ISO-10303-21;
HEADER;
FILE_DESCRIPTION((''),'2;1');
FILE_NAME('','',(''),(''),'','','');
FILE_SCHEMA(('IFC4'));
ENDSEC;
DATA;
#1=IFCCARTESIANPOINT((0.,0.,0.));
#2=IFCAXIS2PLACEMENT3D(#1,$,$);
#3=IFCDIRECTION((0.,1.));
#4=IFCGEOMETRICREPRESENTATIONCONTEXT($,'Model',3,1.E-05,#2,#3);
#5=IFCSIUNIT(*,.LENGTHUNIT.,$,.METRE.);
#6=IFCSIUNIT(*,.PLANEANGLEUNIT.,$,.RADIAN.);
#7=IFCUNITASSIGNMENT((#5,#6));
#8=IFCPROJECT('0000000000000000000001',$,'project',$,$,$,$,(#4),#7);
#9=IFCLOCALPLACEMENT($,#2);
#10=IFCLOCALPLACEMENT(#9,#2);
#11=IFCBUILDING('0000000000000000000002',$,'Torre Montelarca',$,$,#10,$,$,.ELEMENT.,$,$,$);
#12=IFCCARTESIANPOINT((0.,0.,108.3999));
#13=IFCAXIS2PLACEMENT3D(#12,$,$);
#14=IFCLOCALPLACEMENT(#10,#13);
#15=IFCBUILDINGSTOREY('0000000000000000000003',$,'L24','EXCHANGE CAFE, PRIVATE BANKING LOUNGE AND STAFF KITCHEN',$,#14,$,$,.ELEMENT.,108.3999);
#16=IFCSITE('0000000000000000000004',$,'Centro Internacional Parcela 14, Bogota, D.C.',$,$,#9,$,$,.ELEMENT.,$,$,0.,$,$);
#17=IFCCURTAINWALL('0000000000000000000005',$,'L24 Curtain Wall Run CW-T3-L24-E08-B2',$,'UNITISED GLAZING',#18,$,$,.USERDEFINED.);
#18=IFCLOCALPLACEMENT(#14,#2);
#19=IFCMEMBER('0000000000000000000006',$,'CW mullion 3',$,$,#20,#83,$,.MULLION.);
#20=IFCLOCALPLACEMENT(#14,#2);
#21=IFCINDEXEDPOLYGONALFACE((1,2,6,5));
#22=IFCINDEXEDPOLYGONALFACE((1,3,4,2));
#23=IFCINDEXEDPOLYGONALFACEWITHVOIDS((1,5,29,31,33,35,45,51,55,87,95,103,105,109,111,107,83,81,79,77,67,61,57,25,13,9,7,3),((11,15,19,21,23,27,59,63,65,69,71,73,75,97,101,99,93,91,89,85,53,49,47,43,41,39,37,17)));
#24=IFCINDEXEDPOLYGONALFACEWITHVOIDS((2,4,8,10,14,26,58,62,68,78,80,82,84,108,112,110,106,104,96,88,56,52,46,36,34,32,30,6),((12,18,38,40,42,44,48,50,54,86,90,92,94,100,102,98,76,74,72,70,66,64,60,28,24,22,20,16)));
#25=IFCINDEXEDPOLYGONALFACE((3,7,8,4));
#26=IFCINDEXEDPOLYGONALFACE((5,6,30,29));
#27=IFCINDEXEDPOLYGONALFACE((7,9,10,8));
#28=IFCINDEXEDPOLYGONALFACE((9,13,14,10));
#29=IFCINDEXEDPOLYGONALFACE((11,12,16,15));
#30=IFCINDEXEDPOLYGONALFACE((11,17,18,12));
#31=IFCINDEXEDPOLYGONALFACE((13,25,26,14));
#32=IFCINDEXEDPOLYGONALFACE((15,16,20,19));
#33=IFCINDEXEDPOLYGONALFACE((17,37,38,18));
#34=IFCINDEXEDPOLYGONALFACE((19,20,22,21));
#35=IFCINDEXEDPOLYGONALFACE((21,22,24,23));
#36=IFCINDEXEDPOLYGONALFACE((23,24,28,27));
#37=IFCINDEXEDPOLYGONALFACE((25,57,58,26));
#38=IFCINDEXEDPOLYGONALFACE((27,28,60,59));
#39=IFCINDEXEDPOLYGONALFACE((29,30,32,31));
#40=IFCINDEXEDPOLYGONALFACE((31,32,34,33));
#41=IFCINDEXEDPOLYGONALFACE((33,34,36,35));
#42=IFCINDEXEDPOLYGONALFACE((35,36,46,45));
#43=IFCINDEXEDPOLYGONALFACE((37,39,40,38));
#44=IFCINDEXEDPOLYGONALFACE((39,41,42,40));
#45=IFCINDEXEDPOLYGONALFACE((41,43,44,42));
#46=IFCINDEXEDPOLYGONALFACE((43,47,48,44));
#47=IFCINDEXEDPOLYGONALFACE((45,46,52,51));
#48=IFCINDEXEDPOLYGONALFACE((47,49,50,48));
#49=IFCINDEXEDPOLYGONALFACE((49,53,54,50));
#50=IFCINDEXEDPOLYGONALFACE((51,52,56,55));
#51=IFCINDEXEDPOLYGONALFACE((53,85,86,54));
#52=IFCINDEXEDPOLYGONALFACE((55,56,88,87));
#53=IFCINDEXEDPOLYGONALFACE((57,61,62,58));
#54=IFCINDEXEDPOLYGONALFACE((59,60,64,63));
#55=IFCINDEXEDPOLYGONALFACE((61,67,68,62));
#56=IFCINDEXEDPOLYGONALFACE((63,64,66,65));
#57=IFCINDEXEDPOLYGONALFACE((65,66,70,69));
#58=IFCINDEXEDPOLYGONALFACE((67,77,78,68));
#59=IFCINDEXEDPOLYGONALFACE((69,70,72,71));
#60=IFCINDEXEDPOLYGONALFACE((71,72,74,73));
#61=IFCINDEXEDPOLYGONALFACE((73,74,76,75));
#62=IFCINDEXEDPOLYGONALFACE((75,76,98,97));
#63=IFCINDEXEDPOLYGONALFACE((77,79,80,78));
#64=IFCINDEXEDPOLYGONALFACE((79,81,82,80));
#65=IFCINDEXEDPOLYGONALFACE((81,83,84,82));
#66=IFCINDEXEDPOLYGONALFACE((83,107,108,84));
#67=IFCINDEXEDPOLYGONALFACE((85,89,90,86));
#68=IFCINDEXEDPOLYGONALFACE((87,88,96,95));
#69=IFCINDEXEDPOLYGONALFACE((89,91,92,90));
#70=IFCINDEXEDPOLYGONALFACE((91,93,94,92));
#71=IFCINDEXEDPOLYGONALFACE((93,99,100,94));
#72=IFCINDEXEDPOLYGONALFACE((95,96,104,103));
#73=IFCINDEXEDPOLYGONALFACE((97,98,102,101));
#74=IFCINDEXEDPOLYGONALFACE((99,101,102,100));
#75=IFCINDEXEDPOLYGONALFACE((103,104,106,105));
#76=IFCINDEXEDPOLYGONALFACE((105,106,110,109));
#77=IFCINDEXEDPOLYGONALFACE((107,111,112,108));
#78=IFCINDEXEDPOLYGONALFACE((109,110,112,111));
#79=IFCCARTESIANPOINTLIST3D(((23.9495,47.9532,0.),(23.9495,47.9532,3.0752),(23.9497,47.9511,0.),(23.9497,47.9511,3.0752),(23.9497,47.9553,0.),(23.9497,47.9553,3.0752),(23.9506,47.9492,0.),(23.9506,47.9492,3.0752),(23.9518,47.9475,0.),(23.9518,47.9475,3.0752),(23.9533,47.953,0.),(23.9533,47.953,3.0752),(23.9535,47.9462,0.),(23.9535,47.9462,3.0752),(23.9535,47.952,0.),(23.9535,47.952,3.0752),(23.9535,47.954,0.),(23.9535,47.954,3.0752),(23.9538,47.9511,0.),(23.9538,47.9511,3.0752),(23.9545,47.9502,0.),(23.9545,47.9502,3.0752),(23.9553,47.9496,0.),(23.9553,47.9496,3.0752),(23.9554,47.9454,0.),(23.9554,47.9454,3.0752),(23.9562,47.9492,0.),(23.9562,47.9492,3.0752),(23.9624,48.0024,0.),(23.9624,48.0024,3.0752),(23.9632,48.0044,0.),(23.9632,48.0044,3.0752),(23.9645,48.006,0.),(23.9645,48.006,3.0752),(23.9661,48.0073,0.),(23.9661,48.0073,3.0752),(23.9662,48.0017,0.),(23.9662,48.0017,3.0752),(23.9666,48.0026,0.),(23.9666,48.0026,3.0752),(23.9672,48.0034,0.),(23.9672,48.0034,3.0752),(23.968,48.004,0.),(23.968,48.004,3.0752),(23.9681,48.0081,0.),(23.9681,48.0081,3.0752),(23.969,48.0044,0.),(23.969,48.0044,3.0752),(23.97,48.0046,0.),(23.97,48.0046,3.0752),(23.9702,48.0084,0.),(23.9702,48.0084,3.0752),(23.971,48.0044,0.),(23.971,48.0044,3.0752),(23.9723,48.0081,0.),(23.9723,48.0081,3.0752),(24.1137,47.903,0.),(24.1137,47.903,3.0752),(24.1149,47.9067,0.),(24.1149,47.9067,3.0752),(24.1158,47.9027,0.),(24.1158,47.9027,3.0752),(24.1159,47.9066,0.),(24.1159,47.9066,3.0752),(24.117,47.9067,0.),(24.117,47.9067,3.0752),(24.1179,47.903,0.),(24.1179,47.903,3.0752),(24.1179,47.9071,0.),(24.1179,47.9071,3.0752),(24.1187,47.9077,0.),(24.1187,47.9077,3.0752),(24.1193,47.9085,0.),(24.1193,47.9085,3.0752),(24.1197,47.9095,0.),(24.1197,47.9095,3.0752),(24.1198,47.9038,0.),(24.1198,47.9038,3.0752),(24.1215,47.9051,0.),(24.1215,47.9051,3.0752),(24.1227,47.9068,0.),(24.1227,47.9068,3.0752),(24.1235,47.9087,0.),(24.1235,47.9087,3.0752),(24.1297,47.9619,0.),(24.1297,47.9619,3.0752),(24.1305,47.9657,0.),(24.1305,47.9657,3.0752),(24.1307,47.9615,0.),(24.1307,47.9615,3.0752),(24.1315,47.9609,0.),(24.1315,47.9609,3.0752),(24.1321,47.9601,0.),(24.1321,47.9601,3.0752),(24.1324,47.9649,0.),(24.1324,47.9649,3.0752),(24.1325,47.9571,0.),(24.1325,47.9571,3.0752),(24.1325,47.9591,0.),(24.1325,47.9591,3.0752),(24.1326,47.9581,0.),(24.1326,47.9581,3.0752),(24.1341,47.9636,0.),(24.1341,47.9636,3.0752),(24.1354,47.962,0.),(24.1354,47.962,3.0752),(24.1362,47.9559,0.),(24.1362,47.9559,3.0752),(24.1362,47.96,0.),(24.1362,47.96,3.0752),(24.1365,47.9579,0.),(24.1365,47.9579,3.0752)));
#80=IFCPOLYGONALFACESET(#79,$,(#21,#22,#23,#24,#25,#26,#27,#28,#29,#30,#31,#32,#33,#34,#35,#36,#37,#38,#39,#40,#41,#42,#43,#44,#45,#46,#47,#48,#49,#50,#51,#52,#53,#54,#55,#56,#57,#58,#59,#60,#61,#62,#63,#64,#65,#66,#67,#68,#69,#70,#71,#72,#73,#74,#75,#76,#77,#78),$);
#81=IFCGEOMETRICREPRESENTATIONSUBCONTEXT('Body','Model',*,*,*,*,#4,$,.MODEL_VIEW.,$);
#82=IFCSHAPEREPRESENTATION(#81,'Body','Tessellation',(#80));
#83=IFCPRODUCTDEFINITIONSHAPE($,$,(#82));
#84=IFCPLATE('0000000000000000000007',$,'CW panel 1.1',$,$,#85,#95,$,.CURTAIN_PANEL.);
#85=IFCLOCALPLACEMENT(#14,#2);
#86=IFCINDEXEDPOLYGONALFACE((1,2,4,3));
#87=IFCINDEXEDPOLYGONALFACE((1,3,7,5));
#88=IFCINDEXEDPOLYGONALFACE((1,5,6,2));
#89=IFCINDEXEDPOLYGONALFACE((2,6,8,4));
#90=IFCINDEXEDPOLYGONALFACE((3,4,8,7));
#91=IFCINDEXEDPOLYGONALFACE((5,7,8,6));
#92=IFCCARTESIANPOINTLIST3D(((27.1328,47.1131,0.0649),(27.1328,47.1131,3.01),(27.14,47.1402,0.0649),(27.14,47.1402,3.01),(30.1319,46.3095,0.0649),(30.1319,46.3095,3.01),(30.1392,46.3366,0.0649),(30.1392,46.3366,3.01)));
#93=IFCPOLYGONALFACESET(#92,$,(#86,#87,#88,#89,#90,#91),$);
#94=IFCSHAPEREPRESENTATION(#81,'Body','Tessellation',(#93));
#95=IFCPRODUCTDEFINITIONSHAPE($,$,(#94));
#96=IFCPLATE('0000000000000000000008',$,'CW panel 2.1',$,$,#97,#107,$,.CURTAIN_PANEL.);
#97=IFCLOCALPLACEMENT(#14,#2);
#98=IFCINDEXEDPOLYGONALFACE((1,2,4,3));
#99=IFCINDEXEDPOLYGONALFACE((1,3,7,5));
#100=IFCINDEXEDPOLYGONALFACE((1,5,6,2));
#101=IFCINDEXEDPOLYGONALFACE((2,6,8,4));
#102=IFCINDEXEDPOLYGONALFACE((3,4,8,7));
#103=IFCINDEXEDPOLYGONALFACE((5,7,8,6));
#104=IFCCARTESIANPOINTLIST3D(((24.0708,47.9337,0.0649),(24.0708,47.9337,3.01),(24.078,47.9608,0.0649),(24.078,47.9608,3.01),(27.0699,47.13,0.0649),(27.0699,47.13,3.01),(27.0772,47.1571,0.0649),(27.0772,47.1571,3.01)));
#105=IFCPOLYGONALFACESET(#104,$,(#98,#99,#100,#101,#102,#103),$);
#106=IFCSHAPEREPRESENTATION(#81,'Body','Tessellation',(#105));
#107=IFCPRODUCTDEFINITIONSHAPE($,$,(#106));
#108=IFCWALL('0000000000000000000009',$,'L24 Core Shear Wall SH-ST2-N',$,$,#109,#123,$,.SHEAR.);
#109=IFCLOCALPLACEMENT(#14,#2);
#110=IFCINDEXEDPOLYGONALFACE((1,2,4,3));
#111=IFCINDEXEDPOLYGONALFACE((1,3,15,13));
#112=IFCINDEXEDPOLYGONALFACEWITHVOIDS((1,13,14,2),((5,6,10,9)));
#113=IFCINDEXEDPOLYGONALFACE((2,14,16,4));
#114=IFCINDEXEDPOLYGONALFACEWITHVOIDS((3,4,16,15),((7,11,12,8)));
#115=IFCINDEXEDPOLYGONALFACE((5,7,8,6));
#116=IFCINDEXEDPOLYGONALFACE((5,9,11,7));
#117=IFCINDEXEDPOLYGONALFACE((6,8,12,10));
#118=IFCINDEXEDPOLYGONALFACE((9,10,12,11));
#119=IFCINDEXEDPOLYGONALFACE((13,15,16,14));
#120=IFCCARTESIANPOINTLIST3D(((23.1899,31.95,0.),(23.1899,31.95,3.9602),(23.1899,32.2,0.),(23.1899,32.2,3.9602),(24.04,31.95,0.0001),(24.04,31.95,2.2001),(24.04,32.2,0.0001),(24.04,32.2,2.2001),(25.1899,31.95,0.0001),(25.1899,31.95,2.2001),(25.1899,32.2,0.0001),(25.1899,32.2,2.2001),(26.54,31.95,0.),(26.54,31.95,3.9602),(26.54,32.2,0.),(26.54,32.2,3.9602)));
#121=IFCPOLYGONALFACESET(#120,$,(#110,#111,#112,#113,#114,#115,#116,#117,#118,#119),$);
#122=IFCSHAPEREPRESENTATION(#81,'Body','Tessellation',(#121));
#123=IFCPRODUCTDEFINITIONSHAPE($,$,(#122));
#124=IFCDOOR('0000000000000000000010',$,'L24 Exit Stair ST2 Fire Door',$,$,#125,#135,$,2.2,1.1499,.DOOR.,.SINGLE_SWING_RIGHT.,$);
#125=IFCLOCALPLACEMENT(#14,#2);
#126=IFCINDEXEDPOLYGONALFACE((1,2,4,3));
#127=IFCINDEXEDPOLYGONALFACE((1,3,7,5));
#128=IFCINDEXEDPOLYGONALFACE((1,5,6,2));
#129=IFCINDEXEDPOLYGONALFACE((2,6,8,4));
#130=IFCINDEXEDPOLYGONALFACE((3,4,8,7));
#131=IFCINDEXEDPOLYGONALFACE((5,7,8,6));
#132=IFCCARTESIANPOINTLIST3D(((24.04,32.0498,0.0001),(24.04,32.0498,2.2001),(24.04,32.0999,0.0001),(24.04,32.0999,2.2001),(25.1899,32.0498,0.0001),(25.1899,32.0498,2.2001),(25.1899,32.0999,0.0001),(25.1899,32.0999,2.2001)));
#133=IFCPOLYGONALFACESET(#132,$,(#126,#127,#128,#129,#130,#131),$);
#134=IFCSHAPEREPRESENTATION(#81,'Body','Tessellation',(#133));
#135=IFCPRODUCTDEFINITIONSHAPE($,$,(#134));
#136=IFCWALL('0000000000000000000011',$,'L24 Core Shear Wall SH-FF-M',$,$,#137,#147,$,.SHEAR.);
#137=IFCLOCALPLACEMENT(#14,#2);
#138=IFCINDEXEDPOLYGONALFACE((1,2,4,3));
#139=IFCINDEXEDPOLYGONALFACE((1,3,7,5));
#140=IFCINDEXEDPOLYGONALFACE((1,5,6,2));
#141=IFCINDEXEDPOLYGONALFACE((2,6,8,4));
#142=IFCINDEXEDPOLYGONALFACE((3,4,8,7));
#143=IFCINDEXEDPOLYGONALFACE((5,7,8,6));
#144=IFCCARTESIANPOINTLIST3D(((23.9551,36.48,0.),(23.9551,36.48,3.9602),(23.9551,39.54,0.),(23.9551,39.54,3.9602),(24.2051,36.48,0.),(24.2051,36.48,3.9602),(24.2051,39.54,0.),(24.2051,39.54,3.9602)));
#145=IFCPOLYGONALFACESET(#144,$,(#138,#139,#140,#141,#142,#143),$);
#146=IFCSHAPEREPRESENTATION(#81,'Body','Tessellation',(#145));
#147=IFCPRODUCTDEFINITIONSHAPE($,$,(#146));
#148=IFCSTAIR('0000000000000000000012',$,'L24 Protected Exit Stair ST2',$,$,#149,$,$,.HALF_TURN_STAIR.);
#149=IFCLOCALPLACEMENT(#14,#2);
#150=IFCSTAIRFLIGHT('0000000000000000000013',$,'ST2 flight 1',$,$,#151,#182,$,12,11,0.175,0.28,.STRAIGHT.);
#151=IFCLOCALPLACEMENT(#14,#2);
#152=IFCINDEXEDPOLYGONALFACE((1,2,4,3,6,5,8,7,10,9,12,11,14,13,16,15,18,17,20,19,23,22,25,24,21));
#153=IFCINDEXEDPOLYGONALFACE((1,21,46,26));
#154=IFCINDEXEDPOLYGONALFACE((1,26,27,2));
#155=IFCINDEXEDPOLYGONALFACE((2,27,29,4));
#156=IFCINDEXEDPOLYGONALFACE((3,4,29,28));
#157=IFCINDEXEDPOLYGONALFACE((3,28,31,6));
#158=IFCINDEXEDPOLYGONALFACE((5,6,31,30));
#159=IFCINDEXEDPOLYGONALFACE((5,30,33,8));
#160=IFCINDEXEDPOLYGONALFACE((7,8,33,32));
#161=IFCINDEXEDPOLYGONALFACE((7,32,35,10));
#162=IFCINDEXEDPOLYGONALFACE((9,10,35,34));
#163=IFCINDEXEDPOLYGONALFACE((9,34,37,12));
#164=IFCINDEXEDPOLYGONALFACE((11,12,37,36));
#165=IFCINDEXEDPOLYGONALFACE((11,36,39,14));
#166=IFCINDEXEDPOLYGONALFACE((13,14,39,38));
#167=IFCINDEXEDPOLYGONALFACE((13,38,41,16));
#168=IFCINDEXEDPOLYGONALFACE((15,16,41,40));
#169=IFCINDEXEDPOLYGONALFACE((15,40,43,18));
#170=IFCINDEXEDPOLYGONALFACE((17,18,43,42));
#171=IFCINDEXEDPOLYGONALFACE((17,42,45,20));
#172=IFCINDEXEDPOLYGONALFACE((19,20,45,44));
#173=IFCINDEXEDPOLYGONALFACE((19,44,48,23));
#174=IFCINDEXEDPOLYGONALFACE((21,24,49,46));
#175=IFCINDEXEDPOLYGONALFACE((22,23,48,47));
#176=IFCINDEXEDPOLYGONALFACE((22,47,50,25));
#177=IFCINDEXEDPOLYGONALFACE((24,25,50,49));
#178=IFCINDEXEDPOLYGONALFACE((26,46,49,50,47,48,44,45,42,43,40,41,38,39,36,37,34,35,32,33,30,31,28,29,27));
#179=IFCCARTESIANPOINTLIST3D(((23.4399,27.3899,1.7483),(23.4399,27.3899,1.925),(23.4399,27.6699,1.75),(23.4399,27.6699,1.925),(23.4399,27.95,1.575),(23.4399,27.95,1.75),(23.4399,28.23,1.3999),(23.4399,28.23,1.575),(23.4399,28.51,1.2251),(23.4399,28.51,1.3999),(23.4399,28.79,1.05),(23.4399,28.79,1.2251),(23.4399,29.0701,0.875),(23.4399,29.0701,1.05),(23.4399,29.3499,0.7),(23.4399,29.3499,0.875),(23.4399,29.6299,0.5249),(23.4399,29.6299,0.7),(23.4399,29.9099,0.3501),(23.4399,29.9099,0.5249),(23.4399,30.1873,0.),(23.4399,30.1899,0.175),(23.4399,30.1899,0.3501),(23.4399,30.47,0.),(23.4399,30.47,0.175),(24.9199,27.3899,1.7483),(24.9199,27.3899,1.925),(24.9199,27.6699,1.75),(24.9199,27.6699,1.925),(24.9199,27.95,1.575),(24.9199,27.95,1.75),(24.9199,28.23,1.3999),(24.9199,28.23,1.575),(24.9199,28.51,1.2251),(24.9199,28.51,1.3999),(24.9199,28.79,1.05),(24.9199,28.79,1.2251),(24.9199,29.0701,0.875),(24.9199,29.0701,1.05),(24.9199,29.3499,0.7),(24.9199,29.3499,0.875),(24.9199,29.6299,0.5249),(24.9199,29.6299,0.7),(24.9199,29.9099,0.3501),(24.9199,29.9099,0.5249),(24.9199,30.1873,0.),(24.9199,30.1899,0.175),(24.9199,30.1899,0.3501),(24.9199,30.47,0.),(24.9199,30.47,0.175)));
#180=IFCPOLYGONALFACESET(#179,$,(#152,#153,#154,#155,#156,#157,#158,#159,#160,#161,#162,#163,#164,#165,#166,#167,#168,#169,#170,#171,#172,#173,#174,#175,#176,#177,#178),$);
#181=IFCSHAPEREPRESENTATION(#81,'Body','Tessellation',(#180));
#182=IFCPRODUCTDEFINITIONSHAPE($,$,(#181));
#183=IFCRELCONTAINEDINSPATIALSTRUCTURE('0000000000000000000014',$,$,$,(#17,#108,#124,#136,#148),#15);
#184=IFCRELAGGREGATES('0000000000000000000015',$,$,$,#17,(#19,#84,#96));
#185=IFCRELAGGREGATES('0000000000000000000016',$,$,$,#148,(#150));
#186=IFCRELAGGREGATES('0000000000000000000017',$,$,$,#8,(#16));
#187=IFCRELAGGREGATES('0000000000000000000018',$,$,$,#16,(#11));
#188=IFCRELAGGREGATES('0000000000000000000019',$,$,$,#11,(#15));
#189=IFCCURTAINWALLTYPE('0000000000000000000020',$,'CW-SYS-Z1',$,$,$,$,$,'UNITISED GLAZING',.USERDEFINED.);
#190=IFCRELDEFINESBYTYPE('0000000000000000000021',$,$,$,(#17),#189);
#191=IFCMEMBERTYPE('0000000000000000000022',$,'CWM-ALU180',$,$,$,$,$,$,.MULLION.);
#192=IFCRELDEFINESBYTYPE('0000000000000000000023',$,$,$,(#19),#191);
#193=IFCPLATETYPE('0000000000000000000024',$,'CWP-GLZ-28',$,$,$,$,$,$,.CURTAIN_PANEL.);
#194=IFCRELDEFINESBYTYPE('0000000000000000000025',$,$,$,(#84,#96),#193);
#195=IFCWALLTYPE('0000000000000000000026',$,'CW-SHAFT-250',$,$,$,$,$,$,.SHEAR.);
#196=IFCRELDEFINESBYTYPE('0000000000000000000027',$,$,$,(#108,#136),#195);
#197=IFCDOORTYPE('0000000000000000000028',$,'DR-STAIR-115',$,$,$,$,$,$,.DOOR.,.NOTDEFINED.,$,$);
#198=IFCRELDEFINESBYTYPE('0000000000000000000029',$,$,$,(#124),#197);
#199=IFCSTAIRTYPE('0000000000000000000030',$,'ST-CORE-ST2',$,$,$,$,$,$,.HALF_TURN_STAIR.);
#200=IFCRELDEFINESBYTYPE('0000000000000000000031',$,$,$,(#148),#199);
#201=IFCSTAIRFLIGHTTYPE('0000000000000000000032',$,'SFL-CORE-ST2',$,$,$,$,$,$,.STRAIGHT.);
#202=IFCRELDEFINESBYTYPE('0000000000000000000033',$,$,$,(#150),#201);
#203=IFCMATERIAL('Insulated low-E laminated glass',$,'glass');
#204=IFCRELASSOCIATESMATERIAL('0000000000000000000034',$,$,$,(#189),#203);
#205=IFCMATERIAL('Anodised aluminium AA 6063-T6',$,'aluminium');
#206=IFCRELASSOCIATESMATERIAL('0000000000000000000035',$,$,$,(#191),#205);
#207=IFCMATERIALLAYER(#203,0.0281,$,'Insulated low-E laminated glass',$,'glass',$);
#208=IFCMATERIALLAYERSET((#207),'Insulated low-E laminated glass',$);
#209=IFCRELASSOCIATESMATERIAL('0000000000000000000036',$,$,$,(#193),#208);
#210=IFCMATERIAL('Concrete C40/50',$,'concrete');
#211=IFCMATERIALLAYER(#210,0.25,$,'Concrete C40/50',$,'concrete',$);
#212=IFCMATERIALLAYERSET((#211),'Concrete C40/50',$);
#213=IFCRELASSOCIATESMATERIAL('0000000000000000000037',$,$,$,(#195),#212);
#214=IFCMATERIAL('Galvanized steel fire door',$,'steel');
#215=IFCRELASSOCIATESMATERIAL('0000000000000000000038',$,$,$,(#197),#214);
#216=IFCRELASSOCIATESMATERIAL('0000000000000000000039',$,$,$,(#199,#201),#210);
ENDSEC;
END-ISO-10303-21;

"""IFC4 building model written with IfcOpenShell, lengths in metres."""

from ifc_helpers import new_model, si_unit, direction, frame, frame_2d, origin, origin_2d, place, context, subcontext, project, spatial, polyline, rectangle, hollow_rectangle, outline, extrude, source, transform, mapped, material, layer, layer_set, material_profile, profile_set, type_object, element, fill, aggregate, save


model = new_model("IFC4")

# Units and contexts
model_context = context("Model", 3, precision=1e-05, world=origin(), true_north=direction((0.0, 1.0)))
body_context = subcontext(model_context, "Body", "Model", "MODEL_VIEW")
ifc_project = project(units=[si_unit("LENGTHUNIT", "METRE"), si_unit("PLANEANGLEUNIT", "RADIAN")], contexts=[model_context])

# Site, building, storey
site_placement = place(None, origin())
site = spatial("IfcSite", under=ifc_project, at=site_placement, Name="Centro Internacional Parcela 14, Bogota, D.C.", CompositionType="ELEMENT", RefElevation=0.0)
building_placement = place(site_placement, origin())
building = spatial("IfcBuilding", under=site, at=building_placement, Name="Torre Montelarca", CompositionType="ELEMENT")
storey_placement = place(building_placement, frame((0.0, 0.0, 108.3999)))
storey = spatial("IfcBuildingStorey", under=building, at=storey_placement, Name="L24", Description="EXCHANGE CAFE, PRIVATE BANKING LOUNGE AND STAFF KITCHEN", CompositionType="ELEMENT", Elevation=108.3999)

# Curtain wall, member, plates
ifc_material_1 = material(Name="Insulated low-E laminated glass", Category="glass")
curtain_wall_type = type_object("IfcCurtainWallType", Name="CW-SYS-Z1", ElementType="UNITISED GLAZING", PredefinedType="USERDEFINED", material=ifc_material_1)
curtain_wall_placement = place(storey_placement, origin())
curtain_wall = element("IfcCurtainWall", 1, at=curtain_wall_placement, inside=storey, type_object=curtain_wall_type, Name="L24 Curtain Wall Run CW-T3-L24-E08-B2", ObjectType="UNITISED GLAZING", PredefinedType="USERDEFINED")
ifc_material_2 = material(Name="Anodised aluminium AA 6063-T6", Category="aluminium")
ifc_material_profile_1 = material_profile(ifc_material_2, hollow_rectangle(XDim=0.0649, YDim=0.1799, WallThickness=0.0039, InnerFilletRadius=0.0039, OuterFilletRadius=0.0081, at=origin_2d()), Name="ALU65X180X4", Category="aluminium")
ifc_profile_set_1 = profile_set([ifc_material_profile_1], Name="Anodised aluminium AA 6063-T6")
member_type_1 = type_object("IfcMemberType", Name="CWM-ALU180", PredefinedType="MULLION", material=ifc_profile_set_1)
shared_shape_1 = source(origin(), body_context, "Body", "SweptSolid", [
    extrude(hollow_rectangle(XDim=0.0649, YDim=0.1799, WallThickness=0.0039, InnerFilletRadius=0.0039, OuterFilletRadius=0.0081, at=origin_2d()), origin(), (0.0, 0.0, 1.0), 3.0752),
])
member_1_placement = place(storey_placement, frame((24.043, 47.9556, 0.0), z_axis=(0.0, 0.0, 1.0), x_axis=(-0.258827, -0.965924, 0.0)))
member_1 = element("IfcMember", 2, at=member_1_placement, type_object=member_type_1, Name="CW mullion 3", PredefinedType="MULLION", context=body_context, shape_type="MappedRepresentation", body=[
    mapped(shared_shape_1, transform((0.0, 0.0, 0.0), scale=1.0)),
])
ifc_layer_1 = layer(ifc_material_1, 0.0281, Name="Insulated low-E laminated glass", Category="glass")
ifc_layer_set_1 = layer_set([ifc_layer_1], Name="Insulated low-E laminated glass")
plate_type = type_object("IfcPlateType", Name="CWP-GLZ-28", PredefinedType="CURTAIN_PANEL", material=ifc_layer_set_1)
shared_shape_2 = source(origin(), body_context, "Body", "SweptSolid", [
    extrude(rectangle(XDim=3.105, YDim=0.0281, at=origin_2d()), origin(), (0.0, 0.0, 1.0), 2.9451),
])
plate_1_placement = place(storey_placement, frame((28.636, 46.7249, 0.0649), z_axis=(0.0, 0.0, 1.0), x_axis=(-0.965924, 0.258827, 0.0)))
plate_1 = element("IfcPlate", 3, at=plate_1_placement, type_object=plate_type, Name="CW panel 1.1", PredefinedType="CURTAIN_PANEL", context=body_context, shape_type="MappedRepresentation", body=[
    mapped(shared_shape_2, transform((0.0, 0.0, 0.0), scale=1.0)),
])
plate_2_placement = place(storey_placement, frame((25.574, 47.5454, 0.0649), z_axis=(0.0, 0.0, 1.0), x_axis=(-0.965924, 0.258827, 0.0)))
plate_2 = element("IfcPlate", 4, at=plate_2_placement, type_object=plate_type, Name="CW panel 2.1", PredefinedType="CURTAIN_PANEL", context=body_context, shape_type="MappedRepresentation", body=[
    mapped(shared_shape_2, transform((0.0, 0.0, 0.0), scale=1.0)),
])
aggregate(curtain_wall, [member_1, plate_1, plate_2])

# Wall, opening, door
ifc_material_3 = material(Name="Concrete C40/50", Category="concrete")
ifc_layer_2 = layer(ifc_material_3, 0.25, Name="Concrete C40/50", Category="concrete")
ifc_layer_set_2 = layer_set([ifc_layer_2], Name="Concrete C40/50")
wall_type = type_object("IfcWallType", Name="CW-SHAFT-250", PredefinedType="SHEAR", material=ifc_layer_set_2)
wall_1_placement = place(storey_placement, frame((23.1899, 32.075, 0.0), z_axis=(0.0, 0.0, 1.0), x_axis=(1.0, 0.0, 0.0)))
wall_1 = element("IfcWall", 5, at=wall_1_placement, inside=storey, type_object=wall_type, Name="L24 Core Shear Wall SH-ST2-N", PredefinedType="SHEAR", context=body_context, shape_type="SweptSolid", body=[
    extrude(rectangle(XDim=3.3501, YDim=0.25, at=frame_2d((1.675, 0.0))), origin(), (0.0, 0.0, 1.0), 3.9602),
])
opening_placement = place(wall_1_placement, frame((0.8501, 0.0, 0.0)))
opening = element("IfcOpeningElement", 6, at=opening_placement, cuts=wall_1, PredefinedType="OPENING", context=body_context, shape_type="SweptSolid", body=[
    extrude(rectangle(XDim=1.1499, YDim=2.2, at=frame_2d((0.575, 1.1001))), frame((0.0, 0.135, 0.0), z_axis=(0.0, -1.0, 0.0), x_axis=(1.0, 0.0, 0.0)), (0.0, 0.0, 1.0), 0.27),
])
ifc_material_4 = material(Name="Galvanized steel fire door", Category="steel")
door_type = type_object("IfcDoorType", Name="DR-STAIR-115", OperationType="NOTDEFINED", PredefinedType="DOOR", material=ifc_material_4)
shared_shape_3 = source(origin(), body_context, "Body", "SweptSolid", [
    extrude(rectangle(XDim=1.1499, YDim=2.2, at=frame_2d((0.575, 1.1001))), frame((0.0, 0.0249, 0.0), z_axis=(0.0, -1.0, 0.0), x_axis=(1.0, 0.0, 0.0)), (0.0, 0.0, 1.0), 0.05),
])
door_placement = place(opening_placement, origin())
door = element("IfcDoor", 7, at=door_placement, inside=storey, type_object=door_type, Name="L24 Exit Stair ST2 Fire Door", OperationType="SINGLE_SWING_RIGHT", OverallHeight=2.2, OverallWidth=1.1499, PredefinedType="DOOR", context=body_context, shape_type="MappedRepresentation", body=[
    mapped(shared_shape_3, transform((0.0, 0.0, 0.0), scale=1.0)),
])
fill(opening, door)

# Wall
wall_2_placement = place(storey_placement, frame((24.0801, 36.48, 0.0), z_axis=(0.0, 0.0, 1.0), x_axis=(0.0, 1.0, 0.0)))
element("IfcWall", 8, at=wall_2_placement, inside=storey, type_object=wall_type, Name="L24 Core Shear Wall SH-FF-M", PredefinedType="SHEAR", context=body_context, shape_type="SweptSolid", body=[
    extrude(rectangle(XDim=3.0601, YDim=0.25, at=frame_2d((1.53, 0.0))), origin(), (0.0, 0.0, 1.0), 3.9602),
])

# Stair, stair flight
stair_type = type_object("IfcStairType", Name="ST-CORE-ST2", PredefinedType="HALF_TURN_STAIR", material=ifc_material_3)
stair_placement = place(storey_placement, origin())
stair = element("IfcStair", 9, at=stair_placement, inside=storey, type_object=stair_type, Name="L24 Protected Exit Stair ST2", PredefinedType="HALF_TURN_STAIR")
stair_flight_type = type_object("IfcStairFlightType", Name="SFL-CORE-ST2", PredefinedType="STRAIGHT", material=ifc_material_3)
stair_flight_1_placement = place(storey_placement, frame((24.1799, 30.47, 0.0), z_axis=(0.0, 0.0, 1.0), x_axis=(0.0, -1.0, 0.0)))
stair_flight_1 = element("IfcStairFlight", 10, at=stair_flight_1_placement, type_object=stair_flight_type, Name="ST2 flight 1", NumberOfRisers=12, NumberOfTreads=11, PredefinedType="STRAIGHT", RiserHeight=0.175, TreadLength=0.28, context=body_context, shape_type="SweptSolid", body=[
    extrude(outline(polyline([(0.0, 0.0), (0.0, 0.175), (0.28, 0.175), (0.28, 0.3501), (0.5601, 0.3501), (0.5601, 0.5249), (0.8401, 0.5249), (0.8401, 0.7), (1.1201, 0.7), (1.1201, 0.875), (1.3999, 0.875), (1.3999, 1.05), (1.6799, 1.05), (1.6799, 1.2251), (1.96, 1.2251), (1.96, 1.3999), (2.24, 1.3999), (2.24, 1.575), (2.52, 1.575), (2.52, 1.75), (2.8, 1.75), (2.8, 1.925), (3.0801, 1.925), (3.0801, 2.1001), (3.0801, 1.7483), (0.2827, 0.0), (0.0, 0.0)])), frame((0.0, 0.74, 0.0), z_axis=(0.0, -1.0, 0.0), x_axis=(1.0, 0.0, 0.0)), (0.0, 0.0, 1.0), 1.48),
])
aggregate(stair, [stair_flight_1])

save(model, "model.ifc")
